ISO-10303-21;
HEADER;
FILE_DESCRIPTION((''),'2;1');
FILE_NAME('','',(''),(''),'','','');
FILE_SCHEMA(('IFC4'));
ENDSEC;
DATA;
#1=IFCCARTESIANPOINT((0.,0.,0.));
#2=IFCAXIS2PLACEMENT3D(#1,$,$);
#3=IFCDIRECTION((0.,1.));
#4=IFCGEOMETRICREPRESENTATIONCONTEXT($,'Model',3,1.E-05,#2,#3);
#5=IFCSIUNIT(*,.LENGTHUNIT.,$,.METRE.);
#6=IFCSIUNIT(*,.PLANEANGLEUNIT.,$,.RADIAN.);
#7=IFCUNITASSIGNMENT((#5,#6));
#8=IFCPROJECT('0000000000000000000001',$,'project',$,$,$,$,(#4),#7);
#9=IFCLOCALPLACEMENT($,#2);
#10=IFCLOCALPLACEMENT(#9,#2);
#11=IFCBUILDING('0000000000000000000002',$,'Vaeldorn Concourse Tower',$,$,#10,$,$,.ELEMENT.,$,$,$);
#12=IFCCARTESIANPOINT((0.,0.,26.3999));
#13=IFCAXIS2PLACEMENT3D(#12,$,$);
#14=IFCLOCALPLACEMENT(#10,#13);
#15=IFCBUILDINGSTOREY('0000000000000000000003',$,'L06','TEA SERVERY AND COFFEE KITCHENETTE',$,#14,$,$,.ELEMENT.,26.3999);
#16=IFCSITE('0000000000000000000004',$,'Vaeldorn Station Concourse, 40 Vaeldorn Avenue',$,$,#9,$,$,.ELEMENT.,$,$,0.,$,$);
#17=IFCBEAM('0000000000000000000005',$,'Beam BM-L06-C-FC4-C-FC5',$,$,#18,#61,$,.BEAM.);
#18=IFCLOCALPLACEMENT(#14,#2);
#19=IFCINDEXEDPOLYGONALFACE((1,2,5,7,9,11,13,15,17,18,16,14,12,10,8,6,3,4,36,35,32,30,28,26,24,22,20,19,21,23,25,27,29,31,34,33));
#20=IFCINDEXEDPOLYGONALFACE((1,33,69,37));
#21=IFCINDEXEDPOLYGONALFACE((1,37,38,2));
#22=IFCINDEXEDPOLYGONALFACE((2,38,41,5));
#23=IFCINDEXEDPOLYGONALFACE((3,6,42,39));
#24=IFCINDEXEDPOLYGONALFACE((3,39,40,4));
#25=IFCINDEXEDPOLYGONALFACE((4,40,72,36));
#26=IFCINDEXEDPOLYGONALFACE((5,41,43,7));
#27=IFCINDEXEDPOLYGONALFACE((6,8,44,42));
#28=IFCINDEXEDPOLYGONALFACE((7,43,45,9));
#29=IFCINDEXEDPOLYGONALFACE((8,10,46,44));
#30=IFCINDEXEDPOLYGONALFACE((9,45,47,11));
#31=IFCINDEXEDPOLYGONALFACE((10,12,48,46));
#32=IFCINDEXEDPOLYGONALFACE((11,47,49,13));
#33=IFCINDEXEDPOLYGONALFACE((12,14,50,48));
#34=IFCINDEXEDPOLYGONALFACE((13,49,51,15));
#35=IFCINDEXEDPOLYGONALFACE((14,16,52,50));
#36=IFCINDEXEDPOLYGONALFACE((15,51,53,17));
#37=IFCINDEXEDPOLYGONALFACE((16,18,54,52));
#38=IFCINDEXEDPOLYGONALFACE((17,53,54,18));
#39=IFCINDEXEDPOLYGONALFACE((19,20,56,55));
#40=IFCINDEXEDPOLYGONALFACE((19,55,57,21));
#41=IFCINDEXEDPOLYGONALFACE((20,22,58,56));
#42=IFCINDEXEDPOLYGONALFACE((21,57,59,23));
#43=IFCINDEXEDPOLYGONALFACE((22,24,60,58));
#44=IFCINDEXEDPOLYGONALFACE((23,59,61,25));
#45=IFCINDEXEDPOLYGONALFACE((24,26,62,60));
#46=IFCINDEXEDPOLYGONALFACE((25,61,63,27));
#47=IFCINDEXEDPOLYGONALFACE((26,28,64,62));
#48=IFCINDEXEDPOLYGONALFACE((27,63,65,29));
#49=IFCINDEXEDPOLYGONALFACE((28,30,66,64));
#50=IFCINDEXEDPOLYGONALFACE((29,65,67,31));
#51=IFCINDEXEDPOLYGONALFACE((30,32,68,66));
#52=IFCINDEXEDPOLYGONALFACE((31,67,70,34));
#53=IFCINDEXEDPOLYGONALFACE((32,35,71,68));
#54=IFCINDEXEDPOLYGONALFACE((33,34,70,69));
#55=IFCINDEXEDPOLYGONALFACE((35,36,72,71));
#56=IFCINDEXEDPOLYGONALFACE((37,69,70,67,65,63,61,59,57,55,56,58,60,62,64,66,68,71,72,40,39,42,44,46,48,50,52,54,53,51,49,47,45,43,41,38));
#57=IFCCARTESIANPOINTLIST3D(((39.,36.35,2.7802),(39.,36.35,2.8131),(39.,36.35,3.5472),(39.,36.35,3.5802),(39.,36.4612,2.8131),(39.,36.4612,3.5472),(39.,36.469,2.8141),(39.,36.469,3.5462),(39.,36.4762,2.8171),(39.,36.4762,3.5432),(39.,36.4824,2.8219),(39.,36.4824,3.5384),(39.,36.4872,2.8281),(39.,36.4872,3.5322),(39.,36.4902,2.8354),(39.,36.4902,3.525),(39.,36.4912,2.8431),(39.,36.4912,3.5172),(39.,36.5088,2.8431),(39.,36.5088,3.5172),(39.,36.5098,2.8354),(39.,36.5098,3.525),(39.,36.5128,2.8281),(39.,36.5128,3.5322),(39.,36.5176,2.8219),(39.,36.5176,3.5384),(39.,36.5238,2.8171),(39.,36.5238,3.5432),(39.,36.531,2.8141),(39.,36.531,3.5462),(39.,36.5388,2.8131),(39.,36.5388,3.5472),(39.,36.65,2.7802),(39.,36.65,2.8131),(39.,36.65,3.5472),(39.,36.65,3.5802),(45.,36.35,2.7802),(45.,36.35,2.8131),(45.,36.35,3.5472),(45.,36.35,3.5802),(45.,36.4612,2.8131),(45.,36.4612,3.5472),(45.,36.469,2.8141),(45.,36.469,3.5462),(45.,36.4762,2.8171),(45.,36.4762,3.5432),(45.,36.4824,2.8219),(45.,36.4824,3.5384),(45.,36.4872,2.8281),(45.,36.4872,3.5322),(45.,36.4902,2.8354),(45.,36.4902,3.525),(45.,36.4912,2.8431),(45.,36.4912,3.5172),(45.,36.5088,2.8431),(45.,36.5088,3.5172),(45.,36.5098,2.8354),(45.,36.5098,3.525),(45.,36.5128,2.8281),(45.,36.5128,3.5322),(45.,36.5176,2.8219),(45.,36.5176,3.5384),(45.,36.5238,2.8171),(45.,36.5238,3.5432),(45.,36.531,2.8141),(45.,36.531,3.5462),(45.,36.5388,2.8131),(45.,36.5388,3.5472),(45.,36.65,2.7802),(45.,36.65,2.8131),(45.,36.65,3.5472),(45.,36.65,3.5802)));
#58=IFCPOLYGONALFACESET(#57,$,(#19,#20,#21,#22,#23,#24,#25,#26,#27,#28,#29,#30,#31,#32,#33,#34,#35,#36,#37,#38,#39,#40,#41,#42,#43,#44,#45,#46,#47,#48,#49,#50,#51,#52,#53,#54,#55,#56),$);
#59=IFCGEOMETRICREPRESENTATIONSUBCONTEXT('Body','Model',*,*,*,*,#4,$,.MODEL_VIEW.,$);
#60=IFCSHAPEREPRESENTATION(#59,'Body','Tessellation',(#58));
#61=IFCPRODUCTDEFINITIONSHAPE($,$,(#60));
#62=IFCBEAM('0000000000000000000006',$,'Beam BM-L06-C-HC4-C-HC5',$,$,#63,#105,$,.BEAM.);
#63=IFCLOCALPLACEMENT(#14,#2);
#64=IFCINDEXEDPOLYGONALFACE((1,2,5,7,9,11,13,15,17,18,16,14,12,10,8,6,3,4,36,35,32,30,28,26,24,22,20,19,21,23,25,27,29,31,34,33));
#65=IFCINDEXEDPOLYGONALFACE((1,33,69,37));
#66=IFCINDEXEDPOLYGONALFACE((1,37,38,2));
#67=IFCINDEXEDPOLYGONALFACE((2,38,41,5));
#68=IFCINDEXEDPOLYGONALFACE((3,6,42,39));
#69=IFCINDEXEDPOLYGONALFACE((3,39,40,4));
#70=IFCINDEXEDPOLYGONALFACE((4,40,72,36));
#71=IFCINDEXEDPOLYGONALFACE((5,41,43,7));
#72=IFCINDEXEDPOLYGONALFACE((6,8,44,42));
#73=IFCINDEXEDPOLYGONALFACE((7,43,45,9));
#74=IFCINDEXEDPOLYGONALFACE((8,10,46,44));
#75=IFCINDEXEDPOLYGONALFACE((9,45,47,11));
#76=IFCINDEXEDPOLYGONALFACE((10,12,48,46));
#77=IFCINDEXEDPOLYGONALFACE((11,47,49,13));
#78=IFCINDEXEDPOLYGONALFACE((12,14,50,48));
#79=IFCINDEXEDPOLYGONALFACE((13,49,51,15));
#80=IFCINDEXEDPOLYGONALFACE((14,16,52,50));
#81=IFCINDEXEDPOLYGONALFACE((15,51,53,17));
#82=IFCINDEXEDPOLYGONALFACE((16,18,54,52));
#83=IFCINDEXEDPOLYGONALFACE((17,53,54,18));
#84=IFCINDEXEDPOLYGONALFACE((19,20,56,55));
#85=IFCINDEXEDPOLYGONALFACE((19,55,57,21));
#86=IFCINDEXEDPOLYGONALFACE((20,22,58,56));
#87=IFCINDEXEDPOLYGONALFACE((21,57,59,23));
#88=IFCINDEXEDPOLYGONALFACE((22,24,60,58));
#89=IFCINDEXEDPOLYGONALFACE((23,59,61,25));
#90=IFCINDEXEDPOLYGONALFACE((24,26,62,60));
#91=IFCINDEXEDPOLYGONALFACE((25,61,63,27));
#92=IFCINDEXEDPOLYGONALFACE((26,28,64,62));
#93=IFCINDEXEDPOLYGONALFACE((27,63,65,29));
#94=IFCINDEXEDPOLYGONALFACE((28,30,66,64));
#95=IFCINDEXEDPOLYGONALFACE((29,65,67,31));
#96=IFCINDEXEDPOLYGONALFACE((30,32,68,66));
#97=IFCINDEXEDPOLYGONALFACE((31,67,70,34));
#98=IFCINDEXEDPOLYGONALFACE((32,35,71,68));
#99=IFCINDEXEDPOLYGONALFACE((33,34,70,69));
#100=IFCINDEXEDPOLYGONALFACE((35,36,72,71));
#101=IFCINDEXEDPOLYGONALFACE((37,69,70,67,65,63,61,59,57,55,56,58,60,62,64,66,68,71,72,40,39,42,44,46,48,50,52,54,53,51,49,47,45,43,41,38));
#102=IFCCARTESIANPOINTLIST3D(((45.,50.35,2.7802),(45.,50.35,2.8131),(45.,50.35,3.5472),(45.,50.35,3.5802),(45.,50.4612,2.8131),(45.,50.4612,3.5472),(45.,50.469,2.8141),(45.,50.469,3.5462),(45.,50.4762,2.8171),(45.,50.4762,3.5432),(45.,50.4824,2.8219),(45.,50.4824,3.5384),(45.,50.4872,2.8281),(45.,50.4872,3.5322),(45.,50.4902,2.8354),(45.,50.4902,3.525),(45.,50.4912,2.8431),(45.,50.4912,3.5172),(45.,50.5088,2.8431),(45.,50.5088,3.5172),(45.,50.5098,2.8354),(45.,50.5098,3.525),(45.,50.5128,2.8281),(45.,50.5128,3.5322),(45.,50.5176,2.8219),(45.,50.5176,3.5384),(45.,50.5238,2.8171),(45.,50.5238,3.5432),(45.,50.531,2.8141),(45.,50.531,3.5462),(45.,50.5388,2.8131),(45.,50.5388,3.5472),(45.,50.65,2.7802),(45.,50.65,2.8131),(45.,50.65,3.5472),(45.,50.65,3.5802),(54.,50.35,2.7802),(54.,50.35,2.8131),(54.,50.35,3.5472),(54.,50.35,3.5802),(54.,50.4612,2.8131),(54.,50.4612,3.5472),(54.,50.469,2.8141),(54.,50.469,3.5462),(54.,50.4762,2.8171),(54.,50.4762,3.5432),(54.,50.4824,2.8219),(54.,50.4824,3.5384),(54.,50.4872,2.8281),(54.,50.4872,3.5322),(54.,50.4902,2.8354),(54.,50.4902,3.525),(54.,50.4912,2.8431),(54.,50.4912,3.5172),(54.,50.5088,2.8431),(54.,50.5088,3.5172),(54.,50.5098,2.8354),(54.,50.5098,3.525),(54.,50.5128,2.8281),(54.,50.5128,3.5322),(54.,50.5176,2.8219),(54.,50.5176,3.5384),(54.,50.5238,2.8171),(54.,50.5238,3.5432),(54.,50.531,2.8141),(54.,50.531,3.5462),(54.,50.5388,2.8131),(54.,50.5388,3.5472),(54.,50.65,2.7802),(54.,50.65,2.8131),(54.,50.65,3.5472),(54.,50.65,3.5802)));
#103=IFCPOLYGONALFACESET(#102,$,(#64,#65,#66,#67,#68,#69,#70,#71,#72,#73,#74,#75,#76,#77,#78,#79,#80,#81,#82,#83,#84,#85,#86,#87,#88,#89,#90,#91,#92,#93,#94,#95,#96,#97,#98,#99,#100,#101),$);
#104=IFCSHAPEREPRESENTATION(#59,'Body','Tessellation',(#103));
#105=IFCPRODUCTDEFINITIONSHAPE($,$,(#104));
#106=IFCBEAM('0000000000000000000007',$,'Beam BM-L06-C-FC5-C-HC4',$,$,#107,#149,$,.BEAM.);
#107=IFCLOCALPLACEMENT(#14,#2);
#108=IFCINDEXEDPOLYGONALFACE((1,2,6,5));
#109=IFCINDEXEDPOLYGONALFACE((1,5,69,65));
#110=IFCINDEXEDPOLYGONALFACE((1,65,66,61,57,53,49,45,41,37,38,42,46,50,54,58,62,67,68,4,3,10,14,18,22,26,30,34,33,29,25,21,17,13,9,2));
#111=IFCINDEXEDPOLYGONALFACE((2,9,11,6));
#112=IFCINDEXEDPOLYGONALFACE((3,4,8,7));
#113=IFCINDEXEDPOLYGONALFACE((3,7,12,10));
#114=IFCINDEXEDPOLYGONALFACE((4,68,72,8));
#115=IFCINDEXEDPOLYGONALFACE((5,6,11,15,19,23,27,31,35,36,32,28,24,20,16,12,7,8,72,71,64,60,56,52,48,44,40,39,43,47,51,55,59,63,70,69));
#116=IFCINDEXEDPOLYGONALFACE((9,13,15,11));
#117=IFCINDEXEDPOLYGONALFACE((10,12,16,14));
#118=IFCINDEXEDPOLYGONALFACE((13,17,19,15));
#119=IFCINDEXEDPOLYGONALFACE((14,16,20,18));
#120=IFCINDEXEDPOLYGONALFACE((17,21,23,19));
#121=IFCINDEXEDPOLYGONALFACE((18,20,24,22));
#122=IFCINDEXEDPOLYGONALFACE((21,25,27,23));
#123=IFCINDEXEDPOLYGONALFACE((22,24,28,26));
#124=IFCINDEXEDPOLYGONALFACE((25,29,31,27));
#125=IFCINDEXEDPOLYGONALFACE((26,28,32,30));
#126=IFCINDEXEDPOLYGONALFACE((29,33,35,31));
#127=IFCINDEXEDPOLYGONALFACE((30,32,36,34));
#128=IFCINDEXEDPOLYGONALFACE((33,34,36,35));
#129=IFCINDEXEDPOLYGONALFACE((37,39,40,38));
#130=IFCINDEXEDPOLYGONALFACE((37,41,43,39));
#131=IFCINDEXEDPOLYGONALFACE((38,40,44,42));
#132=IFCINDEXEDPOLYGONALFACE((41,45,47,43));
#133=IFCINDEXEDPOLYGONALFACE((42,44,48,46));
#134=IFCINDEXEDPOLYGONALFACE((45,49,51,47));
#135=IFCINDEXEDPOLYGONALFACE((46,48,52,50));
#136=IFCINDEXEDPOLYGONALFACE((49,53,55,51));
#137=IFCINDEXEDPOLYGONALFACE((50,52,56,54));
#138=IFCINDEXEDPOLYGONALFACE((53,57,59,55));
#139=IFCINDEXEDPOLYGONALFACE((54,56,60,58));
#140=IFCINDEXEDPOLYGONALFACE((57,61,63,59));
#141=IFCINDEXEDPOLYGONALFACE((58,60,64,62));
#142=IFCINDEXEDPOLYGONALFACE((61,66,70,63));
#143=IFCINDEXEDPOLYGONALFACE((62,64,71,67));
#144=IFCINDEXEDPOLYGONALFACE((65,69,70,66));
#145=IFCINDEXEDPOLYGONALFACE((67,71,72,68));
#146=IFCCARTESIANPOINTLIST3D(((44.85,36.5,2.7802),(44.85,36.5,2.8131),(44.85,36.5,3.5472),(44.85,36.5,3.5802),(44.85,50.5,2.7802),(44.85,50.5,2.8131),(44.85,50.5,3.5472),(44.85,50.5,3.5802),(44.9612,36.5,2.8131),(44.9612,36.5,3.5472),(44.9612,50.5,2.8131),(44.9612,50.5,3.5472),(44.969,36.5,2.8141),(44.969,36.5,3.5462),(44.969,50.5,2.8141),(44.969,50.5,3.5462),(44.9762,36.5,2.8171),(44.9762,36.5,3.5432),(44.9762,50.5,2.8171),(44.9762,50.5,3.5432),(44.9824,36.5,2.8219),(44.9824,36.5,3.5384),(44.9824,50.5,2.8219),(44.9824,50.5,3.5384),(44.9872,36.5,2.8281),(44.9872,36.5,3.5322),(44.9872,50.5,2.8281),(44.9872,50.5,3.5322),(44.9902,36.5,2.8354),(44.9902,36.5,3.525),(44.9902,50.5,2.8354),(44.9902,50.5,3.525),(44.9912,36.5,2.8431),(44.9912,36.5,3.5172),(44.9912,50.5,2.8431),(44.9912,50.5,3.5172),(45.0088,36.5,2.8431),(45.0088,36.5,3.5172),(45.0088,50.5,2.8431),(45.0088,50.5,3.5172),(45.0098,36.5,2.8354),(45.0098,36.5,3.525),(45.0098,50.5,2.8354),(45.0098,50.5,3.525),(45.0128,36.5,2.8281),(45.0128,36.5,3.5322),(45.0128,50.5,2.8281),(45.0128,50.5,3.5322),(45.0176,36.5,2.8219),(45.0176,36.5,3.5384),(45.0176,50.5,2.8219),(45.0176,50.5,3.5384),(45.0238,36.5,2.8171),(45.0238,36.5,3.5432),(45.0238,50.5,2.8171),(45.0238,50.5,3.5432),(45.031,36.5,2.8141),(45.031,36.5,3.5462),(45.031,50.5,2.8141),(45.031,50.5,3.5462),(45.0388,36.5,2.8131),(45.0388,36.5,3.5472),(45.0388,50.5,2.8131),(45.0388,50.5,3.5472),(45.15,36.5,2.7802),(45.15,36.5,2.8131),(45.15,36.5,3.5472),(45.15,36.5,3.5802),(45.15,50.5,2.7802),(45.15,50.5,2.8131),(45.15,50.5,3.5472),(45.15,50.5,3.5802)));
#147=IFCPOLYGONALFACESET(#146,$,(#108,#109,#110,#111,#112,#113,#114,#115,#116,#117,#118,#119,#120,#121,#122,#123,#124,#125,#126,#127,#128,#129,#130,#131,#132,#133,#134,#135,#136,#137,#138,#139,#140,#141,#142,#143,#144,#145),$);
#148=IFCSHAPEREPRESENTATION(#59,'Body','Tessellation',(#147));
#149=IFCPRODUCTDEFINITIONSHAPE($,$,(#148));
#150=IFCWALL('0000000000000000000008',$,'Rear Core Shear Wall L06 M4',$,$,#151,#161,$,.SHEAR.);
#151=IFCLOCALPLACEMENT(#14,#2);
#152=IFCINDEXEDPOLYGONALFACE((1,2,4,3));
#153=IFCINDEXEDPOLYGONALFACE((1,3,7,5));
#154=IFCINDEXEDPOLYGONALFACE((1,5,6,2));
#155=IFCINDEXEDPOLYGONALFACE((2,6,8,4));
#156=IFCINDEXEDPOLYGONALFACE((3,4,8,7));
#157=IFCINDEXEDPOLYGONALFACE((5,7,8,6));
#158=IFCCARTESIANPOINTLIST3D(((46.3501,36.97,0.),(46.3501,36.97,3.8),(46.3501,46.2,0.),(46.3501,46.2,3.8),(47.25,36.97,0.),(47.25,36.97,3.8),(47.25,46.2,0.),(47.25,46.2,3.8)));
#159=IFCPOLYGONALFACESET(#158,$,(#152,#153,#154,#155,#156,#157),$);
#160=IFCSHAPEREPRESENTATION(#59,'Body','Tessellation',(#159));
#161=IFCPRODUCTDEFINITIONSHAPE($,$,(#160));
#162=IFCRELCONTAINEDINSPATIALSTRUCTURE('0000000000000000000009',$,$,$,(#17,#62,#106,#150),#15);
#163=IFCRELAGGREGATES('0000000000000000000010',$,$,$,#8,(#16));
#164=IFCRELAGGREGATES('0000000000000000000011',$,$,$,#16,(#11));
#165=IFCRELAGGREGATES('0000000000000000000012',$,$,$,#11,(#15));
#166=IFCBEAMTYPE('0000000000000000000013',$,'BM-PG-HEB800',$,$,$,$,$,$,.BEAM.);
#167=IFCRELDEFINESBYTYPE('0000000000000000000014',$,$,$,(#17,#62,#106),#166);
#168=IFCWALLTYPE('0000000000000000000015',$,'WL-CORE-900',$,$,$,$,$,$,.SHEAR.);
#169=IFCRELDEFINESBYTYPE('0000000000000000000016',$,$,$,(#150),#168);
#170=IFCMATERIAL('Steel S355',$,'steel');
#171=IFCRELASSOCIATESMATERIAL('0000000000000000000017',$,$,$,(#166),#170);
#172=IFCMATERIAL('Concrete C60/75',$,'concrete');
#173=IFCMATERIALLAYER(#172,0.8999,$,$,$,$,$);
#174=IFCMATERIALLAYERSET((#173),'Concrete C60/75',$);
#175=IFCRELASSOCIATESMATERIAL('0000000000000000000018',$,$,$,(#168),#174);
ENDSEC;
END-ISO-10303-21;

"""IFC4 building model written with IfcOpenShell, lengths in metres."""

from ifc_helpers import new_model, si_unit, direction, frame, frame_2d, origin, origin_2d, place, context, subcontext, project, spatial, rectangle, i_section, extrude, source, transform, mapped, material, layer, layer_set, material_profile, profile_set, type_object, element, save


model = new_model("IFC4")

# Units and contexts
model_context = context("Model", 3, precision=1e-05, world=origin(), true_north=direction((0.0, 1.0)))
body_context = subcontext(model_context, "Body", "Model", "MODEL_VIEW")
ifc_project = project(units=[si_unit("LENGTHUNIT", "METRE"), si_unit("PLANEANGLEUNIT", "RADIAN")], contexts=[model_context])

# Site, building, storey
site_placement = place(None, origin())
site = spatial("IfcSite", under=ifc_project, at=site_placement, Name="Vaeldorn Station Concourse, 40 Vaeldorn Avenue", CompositionType="ELEMENT", RefElevation=0.0)
building_placement = place(site_placement, origin())
building = spatial("IfcBuilding", under=site, at=building_placement, Name="Vaeldorn Concourse Tower", CompositionType="ELEMENT")
storey_placement = place(building_placement, frame((0.0, 0.0, 26.3999)))
storey = spatial("IfcBuildingStorey", under=building, at=storey_placement, Name="L06", Description="TEA SERVERY AND COFFEE KITCHENETTE", CompositionType="ELEMENT", Elevation=26.3999)

# Beams
ifc_material_1 = material(Name="Concrete C60/75", Category="concrete")
ifc_material_2 = material(Name="Steel S355", Category="steel")
ifc_material_profile_1 = material_profile(ifc_material_2, i_section(OverallWidth=0.3, OverallDepth=0.8, WebThickness=0.0176, FlangeThickness=0.033, FilletRadius=0.03, at=origin_2d()), Name="HEB 800")
ifc_profile_set_1 = profile_set([ifc_material_profile_1], Name="Steel S355")
beam_type_1 = type_object("IfcBeamType", Name="BM-PG-HEB800", PredefinedType="BEAM", material=ifc_profile_set_1)
shared_shape_1 = source(origin(), body_context, "Body", "SweptSolid", [
    extrude(i_section(OverallWidth=0.3, OverallDepth=0.8, WebThickness=0.0176, FlangeThickness=0.033, FilletRadius=0.03, at=origin_2d()), origin(), (0.0, 0.0, 1.0), 6.0),
])
beam_1_placement = place(storey_placement, frame((39.0, 36.5, 3.1802), z_axis=(1.0, 0.0, 0.0), x_axis=(0.0, 1.0, 0.0)))
element("IfcBeam", 1, at=beam_1_placement, inside=storey, type_object=beam_type_1, Name="Beam BM-L06-C-FC4-C-FC5", PredefinedType="BEAM", context=body_context, shape_type="MappedRepresentation", body=[
    mapped(shared_shape_1, transform((0.0, 0.0, 0.0), scale=1.0)),
])
shared_shape_2 = source(origin(), body_context, "Body", "SweptSolid", [
    extrude(i_section(OverallWidth=0.3, OverallDepth=0.8, WebThickness=0.0176, FlangeThickness=0.033, FilletRadius=0.03, at=origin_2d()), origin(), (0.0, 0.0, 1.0), 9.0),
])
beam_2_placement = place(storey_placement, frame((45.0, 50.5, 3.1802), z_axis=(1.0, 0.0, 0.0), x_axis=(0.0, 1.0, 0.0)))
element("IfcBeam", 2, at=beam_2_placement, inside=storey, type_object=beam_type_1, Name="Beam BM-L06-C-HC4-C-HC5", PredefinedType="BEAM", context=body_context, shape_type="MappedRepresentation", body=[
    mapped(shared_shape_2, transform((0.0, 0.0, 0.0), scale=1.0)),
])
shared_shape_3 = source(origin(), body_context, "Body", "SweptSolid", [
    extrude(i_section(OverallWidth=0.3, OverallDepth=0.8, WebThickness=0.0176, FlangeThickness=0.033, FilletRadius=0.03, at=origin_2d()), origin(), (0.0, 0.0, 1.0), 14.0),
])
beam_3_placement = place(storey_placement, frame((45.0, 36.5, 3.1802), z_axis=(0.0, 1.0, 0.0), x_axis=(-1.0, 0.0, 0.0)))
element("IfcBeam", 3, at=beam_3_placement, inside=storey, type_object=beam_type_1, Name="Beam BM-L06-C-FC5-C-HC4", PredefinedType="BEAM", context=body_context, shape_type="MappedRepresentation", body=[
    mapped(shared_shape_3, transform((0.0, 0.0, 0.0), scale=1.0)),
])

# Wall
ifc_layer_1 = layer(ifc_material_1, 0.8999)
ifc_layer_set_1 = layer_set([ifc_layer_1], Name="Concrete C60/75")
wall_type_1 = type_object("IfcWallType", Name="WL-CORE-900", PredefinedType="SHEAR", material=ifc_layer_set_1)
wall_1_placement = place(storey_placement, frame((46.8, 36.97, 0.0), z_axis=(0.0, 0.0, 1.0), x_axis=(0.0, 1.0, 0.0)))
element("IfcWall", 4, at=wall_1_placement, inside=storey, type_object=wall_type_1, Name="Rear Core Shear Wall L06 M4", PredefinedType="SHEAR", context=body_context, shape_type="SweptSolid", body=[
    extrude(rectangle(XDim=9.23, YDim=0.8999, at=frame_2d((4.615, 0.0))), origin(), (0.0, 0.0, 1.0), 3.8),
])

save(model, "model.ifc")
